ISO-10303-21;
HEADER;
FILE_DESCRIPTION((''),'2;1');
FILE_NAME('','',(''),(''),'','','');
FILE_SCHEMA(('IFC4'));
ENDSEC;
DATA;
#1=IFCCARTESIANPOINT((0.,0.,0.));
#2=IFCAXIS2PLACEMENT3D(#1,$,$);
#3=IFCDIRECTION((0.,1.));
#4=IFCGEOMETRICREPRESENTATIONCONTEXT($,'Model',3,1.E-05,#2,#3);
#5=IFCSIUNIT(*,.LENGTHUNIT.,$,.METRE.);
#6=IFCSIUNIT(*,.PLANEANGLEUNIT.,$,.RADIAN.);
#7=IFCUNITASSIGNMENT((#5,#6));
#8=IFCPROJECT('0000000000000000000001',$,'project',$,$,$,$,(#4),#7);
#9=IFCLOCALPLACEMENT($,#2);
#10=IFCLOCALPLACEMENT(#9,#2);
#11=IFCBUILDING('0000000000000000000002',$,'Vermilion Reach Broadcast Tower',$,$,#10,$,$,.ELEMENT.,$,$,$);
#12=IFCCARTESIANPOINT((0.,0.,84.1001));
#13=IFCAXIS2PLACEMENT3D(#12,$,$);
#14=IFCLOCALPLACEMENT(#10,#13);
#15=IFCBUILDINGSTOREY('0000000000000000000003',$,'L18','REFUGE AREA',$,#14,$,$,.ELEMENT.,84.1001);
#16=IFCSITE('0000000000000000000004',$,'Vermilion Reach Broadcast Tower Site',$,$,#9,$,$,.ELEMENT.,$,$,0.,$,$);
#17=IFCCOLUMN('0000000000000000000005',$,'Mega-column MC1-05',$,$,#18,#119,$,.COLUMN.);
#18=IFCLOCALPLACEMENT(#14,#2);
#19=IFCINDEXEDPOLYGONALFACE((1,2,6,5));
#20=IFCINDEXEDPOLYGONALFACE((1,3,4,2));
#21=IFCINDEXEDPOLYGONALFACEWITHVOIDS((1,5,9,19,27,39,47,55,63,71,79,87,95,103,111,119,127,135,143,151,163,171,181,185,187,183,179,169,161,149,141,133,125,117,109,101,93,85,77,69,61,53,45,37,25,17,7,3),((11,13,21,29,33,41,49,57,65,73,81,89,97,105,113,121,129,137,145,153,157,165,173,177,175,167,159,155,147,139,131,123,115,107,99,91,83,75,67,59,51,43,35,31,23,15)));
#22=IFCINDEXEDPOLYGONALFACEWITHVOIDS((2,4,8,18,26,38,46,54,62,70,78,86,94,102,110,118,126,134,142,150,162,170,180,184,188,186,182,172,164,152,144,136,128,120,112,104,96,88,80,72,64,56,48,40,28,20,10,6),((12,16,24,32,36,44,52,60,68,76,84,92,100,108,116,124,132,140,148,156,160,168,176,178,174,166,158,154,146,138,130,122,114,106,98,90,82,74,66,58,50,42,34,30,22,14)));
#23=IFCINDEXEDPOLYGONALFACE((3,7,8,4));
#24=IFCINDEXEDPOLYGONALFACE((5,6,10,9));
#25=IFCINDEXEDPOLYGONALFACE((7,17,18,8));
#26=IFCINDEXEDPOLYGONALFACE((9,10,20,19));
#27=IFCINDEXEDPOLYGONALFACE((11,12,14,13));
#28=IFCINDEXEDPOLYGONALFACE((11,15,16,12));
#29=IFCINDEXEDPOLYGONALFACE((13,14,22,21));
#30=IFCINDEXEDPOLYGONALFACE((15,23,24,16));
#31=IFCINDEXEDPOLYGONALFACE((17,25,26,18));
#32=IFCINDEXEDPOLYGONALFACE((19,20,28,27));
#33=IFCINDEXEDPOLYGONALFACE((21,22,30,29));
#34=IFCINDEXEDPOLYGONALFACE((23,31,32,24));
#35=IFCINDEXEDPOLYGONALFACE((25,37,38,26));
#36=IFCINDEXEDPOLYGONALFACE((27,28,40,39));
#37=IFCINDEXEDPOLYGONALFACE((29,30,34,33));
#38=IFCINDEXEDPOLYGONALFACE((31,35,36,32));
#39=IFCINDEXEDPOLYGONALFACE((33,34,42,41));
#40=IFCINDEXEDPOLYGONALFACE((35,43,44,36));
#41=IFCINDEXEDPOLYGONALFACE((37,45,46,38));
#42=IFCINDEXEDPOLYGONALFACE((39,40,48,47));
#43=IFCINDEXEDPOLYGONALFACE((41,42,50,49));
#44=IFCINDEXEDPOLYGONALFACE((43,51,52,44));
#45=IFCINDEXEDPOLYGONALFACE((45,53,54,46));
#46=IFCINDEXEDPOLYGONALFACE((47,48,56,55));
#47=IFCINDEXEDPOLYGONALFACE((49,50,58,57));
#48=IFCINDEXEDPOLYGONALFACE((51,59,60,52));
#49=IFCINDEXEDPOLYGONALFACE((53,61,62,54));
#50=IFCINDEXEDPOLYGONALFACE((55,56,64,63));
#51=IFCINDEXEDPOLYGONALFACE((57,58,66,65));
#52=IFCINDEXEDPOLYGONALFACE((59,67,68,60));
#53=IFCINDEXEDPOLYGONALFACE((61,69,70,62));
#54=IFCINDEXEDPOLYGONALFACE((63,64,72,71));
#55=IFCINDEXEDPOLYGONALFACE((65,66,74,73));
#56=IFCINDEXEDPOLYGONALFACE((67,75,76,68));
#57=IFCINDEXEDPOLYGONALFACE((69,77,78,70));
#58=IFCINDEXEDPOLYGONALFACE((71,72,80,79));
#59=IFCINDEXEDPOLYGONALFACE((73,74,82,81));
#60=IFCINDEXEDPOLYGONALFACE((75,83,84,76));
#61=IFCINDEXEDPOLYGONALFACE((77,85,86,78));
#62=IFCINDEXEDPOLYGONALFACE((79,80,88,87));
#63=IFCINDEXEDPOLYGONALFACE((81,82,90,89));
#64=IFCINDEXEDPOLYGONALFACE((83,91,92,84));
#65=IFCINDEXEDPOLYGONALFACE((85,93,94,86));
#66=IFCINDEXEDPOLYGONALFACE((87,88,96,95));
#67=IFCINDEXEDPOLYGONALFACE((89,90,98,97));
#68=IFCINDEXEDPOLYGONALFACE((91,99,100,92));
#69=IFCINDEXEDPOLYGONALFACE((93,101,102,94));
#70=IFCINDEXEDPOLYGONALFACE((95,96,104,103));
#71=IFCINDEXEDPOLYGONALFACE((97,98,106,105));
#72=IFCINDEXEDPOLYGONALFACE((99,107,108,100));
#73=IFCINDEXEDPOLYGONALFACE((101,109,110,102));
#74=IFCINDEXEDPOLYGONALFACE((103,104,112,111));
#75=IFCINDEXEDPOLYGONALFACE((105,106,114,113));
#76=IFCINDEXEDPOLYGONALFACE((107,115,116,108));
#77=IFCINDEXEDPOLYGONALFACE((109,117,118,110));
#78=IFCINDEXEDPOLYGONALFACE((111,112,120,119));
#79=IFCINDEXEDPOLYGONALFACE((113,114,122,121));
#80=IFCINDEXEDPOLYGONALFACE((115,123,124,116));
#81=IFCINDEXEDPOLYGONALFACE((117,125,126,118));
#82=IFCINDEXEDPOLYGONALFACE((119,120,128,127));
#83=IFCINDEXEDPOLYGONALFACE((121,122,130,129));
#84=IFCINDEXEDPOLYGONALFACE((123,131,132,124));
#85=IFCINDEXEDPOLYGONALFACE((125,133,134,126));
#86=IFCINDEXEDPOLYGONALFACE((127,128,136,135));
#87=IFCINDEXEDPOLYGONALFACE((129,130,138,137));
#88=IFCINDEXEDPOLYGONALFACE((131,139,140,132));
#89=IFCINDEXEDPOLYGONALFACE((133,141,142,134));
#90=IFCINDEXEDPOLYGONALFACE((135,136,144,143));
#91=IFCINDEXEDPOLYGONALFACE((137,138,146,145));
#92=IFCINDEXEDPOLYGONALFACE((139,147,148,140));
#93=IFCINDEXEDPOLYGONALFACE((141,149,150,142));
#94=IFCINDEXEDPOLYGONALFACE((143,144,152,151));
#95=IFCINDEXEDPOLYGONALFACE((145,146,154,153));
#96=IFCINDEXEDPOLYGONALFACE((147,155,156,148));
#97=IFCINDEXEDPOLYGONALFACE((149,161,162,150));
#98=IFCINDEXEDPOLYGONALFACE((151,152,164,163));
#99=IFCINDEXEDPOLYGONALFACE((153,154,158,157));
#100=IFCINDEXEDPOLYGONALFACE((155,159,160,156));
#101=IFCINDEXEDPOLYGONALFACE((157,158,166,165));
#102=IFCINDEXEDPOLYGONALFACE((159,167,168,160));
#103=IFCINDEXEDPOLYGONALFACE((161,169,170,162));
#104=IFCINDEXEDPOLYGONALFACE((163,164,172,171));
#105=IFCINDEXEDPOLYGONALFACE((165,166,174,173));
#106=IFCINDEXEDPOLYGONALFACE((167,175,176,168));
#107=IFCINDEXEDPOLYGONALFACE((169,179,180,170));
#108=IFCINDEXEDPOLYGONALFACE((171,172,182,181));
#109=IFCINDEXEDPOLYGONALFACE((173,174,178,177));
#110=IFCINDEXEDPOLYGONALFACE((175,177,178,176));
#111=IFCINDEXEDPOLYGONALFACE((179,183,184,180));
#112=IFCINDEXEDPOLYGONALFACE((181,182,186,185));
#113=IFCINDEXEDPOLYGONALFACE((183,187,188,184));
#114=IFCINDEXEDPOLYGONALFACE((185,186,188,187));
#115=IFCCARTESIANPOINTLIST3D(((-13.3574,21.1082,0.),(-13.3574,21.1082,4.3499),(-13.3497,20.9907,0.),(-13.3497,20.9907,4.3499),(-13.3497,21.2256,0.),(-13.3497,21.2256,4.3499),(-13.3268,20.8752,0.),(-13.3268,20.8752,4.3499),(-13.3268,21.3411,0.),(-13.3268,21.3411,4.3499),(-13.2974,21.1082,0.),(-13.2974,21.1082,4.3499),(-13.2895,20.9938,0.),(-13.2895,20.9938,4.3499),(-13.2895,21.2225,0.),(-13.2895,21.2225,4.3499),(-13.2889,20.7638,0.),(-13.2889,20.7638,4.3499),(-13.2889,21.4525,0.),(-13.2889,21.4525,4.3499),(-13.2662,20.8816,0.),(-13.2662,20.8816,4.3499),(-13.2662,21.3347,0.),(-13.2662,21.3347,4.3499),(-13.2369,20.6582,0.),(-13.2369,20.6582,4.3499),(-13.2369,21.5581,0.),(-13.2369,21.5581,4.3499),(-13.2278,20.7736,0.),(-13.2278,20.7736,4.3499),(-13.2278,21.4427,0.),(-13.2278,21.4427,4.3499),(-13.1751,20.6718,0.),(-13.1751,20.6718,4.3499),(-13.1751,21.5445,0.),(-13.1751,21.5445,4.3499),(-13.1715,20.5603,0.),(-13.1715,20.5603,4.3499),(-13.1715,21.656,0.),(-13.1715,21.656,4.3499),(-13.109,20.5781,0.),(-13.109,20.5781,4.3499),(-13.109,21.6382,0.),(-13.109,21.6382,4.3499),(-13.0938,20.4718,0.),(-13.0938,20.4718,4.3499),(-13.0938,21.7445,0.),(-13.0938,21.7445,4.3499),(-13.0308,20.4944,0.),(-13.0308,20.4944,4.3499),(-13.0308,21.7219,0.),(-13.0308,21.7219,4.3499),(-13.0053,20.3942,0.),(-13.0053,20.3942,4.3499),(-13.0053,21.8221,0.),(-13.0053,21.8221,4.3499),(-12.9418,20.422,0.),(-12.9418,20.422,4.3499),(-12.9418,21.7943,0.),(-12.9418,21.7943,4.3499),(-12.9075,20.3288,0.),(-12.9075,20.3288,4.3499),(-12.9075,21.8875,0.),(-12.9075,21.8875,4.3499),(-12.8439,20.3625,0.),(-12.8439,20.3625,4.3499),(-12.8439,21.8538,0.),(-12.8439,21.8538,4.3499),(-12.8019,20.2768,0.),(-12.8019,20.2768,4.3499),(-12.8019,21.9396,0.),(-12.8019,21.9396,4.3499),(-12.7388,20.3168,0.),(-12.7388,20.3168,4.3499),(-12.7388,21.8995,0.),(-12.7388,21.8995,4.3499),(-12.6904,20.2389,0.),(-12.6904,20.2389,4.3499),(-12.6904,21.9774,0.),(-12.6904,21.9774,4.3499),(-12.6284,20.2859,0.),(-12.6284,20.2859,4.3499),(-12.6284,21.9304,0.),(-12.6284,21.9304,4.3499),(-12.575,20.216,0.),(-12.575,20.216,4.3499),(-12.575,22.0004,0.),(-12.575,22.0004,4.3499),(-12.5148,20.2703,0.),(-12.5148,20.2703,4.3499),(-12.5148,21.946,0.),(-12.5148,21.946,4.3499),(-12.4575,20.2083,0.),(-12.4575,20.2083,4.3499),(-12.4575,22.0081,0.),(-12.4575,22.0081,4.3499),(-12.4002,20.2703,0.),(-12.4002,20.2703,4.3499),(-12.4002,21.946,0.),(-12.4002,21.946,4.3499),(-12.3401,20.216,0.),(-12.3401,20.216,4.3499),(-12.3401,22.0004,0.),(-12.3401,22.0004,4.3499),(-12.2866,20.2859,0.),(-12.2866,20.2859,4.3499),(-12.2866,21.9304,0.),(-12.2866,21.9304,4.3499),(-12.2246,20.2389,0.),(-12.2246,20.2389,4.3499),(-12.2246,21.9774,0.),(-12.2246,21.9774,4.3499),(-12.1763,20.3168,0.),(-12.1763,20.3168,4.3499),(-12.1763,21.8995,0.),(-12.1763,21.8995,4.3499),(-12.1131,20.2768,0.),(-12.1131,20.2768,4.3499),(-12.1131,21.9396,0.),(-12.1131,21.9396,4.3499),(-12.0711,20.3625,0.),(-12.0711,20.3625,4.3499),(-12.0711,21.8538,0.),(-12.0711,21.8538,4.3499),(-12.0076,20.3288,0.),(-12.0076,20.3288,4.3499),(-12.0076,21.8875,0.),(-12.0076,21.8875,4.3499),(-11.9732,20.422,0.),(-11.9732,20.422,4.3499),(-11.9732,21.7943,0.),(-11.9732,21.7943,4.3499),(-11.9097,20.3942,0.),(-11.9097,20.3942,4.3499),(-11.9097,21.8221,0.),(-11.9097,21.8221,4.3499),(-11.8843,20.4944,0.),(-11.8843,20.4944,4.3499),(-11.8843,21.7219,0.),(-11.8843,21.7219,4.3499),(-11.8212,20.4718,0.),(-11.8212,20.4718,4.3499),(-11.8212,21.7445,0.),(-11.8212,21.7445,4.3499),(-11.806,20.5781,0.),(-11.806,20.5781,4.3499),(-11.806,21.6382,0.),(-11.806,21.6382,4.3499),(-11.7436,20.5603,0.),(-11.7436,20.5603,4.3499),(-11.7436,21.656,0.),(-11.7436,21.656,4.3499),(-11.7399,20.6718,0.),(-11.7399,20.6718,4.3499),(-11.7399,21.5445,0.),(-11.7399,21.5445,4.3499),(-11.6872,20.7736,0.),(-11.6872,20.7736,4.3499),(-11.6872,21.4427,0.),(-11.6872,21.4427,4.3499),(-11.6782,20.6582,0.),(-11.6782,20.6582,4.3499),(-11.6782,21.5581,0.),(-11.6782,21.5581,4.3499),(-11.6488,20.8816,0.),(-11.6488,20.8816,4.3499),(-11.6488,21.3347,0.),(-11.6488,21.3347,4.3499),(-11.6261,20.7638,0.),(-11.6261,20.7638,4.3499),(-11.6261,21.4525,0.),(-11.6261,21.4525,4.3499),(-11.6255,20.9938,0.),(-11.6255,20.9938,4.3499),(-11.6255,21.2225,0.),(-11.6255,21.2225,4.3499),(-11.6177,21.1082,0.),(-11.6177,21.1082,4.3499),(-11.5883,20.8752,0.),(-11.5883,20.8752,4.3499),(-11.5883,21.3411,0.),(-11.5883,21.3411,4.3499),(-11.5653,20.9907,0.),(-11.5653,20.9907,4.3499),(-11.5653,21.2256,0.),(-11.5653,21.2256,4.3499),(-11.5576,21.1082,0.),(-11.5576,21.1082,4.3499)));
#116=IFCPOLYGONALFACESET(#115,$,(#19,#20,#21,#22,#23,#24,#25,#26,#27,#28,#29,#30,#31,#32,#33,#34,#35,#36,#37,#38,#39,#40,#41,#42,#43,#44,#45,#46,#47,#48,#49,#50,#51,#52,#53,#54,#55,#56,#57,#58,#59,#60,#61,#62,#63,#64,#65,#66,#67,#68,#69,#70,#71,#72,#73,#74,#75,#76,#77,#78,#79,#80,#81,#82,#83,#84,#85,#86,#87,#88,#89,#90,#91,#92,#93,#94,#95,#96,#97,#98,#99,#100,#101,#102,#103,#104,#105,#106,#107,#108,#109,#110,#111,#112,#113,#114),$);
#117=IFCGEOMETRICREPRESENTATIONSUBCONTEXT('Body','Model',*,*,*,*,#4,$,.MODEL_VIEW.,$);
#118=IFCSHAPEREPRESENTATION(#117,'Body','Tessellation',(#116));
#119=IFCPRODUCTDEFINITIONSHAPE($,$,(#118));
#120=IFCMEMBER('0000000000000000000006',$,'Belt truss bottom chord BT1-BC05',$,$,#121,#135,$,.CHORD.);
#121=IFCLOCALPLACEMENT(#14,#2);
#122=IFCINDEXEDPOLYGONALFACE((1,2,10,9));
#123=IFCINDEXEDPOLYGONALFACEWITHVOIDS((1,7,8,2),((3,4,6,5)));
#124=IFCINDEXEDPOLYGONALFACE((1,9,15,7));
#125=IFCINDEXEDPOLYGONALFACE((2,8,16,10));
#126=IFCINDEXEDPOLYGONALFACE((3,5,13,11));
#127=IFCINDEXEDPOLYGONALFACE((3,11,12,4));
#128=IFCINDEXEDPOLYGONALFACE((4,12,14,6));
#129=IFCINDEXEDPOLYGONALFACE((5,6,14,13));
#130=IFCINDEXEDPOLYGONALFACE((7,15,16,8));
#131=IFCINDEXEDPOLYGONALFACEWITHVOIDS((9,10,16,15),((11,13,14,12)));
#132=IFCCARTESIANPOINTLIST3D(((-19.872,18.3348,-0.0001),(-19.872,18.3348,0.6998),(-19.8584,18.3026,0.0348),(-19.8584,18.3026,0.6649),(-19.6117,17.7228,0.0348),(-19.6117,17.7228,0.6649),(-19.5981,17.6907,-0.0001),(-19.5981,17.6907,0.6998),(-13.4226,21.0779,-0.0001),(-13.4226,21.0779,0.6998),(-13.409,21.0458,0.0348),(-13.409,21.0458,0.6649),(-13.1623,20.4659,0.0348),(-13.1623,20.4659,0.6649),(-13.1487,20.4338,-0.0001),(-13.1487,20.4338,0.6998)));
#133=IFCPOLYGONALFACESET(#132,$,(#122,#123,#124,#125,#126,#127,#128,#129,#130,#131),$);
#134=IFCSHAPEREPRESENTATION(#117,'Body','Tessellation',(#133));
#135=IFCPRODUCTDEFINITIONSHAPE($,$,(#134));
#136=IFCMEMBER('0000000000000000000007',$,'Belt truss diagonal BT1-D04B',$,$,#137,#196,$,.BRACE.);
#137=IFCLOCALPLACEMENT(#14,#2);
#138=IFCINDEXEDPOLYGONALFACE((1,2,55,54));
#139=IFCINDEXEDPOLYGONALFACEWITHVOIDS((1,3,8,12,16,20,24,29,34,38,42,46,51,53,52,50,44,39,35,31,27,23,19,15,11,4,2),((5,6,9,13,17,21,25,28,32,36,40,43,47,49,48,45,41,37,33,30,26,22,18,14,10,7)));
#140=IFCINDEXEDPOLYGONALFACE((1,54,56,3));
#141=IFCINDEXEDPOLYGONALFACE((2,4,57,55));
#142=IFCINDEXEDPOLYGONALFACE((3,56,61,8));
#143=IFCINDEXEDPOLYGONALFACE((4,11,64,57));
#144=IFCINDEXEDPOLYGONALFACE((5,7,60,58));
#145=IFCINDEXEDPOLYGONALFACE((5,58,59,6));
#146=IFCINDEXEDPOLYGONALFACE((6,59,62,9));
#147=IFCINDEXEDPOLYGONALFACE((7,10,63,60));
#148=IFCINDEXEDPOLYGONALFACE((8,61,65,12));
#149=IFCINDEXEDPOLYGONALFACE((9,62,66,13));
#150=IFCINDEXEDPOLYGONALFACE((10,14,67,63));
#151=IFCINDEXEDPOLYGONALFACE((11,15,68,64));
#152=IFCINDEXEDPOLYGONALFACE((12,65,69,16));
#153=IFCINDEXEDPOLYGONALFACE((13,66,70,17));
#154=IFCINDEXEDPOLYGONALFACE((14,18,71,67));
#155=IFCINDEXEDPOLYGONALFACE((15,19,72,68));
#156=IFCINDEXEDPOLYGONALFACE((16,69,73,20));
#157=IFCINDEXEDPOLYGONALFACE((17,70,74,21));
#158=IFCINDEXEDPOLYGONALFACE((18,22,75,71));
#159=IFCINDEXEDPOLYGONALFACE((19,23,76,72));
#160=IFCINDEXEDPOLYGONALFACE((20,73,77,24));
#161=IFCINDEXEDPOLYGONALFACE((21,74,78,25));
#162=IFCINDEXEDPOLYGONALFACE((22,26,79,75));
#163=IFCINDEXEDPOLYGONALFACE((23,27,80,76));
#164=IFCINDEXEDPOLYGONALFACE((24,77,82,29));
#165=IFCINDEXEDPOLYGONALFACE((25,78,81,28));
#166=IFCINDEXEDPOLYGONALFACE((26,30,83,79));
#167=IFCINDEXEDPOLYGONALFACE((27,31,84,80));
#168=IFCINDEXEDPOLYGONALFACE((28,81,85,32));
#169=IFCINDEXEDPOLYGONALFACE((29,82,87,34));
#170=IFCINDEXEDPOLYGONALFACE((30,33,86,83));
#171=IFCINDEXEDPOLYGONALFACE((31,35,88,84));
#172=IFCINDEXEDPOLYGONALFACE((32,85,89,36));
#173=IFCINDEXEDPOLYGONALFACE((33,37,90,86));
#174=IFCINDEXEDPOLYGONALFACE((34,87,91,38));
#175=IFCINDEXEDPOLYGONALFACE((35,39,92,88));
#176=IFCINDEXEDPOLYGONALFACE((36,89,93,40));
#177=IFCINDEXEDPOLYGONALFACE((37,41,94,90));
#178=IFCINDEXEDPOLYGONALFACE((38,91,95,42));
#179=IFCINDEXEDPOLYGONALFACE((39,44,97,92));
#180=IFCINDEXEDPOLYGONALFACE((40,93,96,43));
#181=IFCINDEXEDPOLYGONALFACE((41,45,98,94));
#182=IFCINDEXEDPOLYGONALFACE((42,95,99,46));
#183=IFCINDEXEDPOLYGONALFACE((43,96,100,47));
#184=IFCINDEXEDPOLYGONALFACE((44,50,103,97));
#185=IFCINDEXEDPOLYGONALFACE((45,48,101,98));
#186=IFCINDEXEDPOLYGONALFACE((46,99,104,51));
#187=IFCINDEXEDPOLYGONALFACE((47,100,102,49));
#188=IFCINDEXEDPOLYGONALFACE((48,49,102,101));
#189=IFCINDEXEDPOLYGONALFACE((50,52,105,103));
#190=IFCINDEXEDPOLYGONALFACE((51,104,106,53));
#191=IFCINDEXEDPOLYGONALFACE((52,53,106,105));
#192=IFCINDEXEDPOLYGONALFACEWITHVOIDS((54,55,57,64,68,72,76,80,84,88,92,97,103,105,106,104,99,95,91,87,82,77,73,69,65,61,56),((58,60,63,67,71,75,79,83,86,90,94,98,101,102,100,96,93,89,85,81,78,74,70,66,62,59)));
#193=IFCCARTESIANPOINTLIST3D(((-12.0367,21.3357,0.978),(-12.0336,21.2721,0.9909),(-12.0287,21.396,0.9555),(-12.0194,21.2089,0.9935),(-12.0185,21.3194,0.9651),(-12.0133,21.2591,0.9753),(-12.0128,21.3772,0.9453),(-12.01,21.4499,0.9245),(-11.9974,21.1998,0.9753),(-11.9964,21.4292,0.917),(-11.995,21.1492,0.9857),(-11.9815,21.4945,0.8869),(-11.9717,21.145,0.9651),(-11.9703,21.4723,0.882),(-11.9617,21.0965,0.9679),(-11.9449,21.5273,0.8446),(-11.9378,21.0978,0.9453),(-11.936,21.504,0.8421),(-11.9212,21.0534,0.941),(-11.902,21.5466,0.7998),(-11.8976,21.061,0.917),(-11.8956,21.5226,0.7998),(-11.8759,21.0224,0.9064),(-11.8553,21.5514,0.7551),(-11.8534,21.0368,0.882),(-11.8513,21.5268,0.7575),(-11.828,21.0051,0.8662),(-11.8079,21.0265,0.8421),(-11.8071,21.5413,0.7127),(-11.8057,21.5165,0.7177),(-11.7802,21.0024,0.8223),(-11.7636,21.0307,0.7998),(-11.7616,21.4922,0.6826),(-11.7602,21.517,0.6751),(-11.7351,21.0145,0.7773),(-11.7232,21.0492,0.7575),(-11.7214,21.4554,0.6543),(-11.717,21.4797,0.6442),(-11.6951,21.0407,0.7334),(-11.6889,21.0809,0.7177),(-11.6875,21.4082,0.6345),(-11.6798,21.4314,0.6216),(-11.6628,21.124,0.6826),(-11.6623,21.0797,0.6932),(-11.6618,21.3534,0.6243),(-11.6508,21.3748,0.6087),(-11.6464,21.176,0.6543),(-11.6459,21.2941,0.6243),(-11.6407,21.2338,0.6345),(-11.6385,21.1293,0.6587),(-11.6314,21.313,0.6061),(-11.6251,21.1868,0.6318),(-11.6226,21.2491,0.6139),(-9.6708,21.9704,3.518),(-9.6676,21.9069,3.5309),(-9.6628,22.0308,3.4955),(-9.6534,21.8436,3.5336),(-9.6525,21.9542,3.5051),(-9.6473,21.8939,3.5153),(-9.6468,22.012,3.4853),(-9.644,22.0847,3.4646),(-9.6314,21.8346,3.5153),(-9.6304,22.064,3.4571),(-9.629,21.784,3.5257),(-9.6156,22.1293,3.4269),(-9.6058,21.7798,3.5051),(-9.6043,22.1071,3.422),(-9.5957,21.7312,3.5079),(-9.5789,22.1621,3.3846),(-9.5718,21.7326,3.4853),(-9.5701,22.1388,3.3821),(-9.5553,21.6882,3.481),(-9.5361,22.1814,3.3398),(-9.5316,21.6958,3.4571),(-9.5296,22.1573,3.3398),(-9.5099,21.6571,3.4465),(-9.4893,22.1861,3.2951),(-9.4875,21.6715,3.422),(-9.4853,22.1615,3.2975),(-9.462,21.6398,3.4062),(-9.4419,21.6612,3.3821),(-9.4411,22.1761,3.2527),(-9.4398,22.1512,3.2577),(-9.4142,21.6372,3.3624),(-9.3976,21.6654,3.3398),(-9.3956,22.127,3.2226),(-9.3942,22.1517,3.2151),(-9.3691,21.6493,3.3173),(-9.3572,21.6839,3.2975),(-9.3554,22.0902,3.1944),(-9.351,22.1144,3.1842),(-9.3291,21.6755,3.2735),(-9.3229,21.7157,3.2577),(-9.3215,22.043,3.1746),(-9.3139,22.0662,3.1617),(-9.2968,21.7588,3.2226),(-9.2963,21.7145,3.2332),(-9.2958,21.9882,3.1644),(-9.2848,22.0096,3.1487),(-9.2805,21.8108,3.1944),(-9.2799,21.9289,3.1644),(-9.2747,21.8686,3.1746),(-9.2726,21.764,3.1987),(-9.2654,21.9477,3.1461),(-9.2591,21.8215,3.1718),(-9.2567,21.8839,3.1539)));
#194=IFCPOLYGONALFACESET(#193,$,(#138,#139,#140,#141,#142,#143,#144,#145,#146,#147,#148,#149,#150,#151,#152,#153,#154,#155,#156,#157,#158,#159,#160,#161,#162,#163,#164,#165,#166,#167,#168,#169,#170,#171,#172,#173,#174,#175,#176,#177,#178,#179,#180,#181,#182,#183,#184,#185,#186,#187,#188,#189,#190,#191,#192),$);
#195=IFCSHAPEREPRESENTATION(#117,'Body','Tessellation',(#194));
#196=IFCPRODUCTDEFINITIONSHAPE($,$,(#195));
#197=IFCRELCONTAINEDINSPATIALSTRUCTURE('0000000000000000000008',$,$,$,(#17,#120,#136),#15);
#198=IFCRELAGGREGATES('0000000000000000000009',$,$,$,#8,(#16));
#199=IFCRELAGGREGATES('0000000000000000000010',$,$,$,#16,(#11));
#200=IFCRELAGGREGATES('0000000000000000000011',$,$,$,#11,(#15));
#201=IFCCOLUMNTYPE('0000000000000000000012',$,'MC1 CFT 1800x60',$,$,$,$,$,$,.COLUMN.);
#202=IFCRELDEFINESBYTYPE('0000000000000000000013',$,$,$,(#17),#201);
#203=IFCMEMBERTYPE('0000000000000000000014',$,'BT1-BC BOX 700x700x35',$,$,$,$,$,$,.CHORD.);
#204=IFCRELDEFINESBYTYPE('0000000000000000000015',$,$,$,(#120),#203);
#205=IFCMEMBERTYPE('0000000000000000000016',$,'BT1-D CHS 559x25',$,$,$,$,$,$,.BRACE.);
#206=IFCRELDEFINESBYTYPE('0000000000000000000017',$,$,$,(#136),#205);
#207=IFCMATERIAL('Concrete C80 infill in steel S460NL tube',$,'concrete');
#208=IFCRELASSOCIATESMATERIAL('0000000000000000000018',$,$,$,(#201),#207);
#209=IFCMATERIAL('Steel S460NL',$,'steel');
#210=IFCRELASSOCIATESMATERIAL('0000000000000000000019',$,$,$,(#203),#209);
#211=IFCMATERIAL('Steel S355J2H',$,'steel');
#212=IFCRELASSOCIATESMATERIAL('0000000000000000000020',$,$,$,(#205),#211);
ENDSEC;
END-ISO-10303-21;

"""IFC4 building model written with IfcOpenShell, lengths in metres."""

from ifc_helpers import new_model, si_unit, direction, frame, origin, origin_2d, place, context, subcontext, project, spatial, hollow_rectangle, hollow_circle, extrude, material, material_profile, profile_set, type_object, element, save


model = new_model("IFC4")

# Units and contexts
model_context = context("Model", 3, precision=1e-05, world=origin(), true_north=direction((0.0, 1.0)))
body_context = subcontext(model_context, "Body", "Model", "MODEL_VIEW")
ifc_project = project(units=[si_unit("LENGTHUNIT", "METRE"), si_unit("PLANEANGLEUNIT", "RADIAN")], contexts=[model_context])

# Site, building, storey
site_placement = place(None, origin())
site = spatial("IfcSite", under=ifc_project, at=site_placement, Name="Vermilion Reach Broadcast Tower Site", CompositionType="ELEMENT", RefElevation=0.0)
building_placement = place(site_placement, origin())
building = spatial("IfcBuilding", under=site, at=building_placement, Name="Vermilion Reach Broadcast Tower", CompositionType="ELEMENT")
storey_placement = place(building_placement, frame((0.0, 0.0, 84.1001)))
storey = spatial("IfcBuildingStorey", under=building, at=storey_placement, Name="L18", Description="REFUGE AREA", CompositionType="ELEMENT", Elevation=84.1001)

# Column
ifc_material_1 = material(Name="Concrete C80 infill in steel S460NL tube", Category="concrete")
ifc_material_profile_1 = material_profile(ifc_material_1, hollow_circle(Radius=0.8999, WallThickness=0.0601, at=origin_2d()), Name="Concrete C80 infill in steel S460NL tube CFT 1800x60")
ifc_profile_set_1 = profile_set([ifc_material_profile_1], Name="Concrete C80 infill in steel S460NL tube")
column_type = type_object("IfcColumnType", Name="MC1 CFT 1800x60", PredefinedType="COLUMN", material=ifc_profile_set_1)
column_placement = place(storey_placement, frame((-12.4575, 21.1082, 0.0), z_axis=(0.0, 0.0, 1.0), x_axis=(1.0, 0.0, 0.0)))
element("IfcColumn", 1, at=column_placement, inside=storey, type_object=column_type, Name="Mega-column MC1-05", PredefinedType="COLUMN", context=body_context, shape_type="SweptSolid", body=[
    extrude(hollow_circle(Radius=0.8999, WallThickness=0.0601, at=origin_2d()), origin(), (0.0, 0.0, 1.0), 4.3499),
])

# Members
ifc_material_2 = material(Name="Steel S460NL", Category="steel")
ifc_material_profile_2 = material_profile(ifc_material_2, hollow_rectangle(XDim=0.7, YDim=0.7, WallThickness=0.0349, at=origin_2d()), Name="S460NL BOX 700x700x35")
ifc_profile_set_2 = profile_set([ifc_material_profile_2], Name="Steel S460NL")
member_type_1 = type_object("IfcMemberType", Name="BT1-BC BOX 700x700x35", PredefinedType="CHORD", material=ifc_profile_set_2)
member_1_placement = place(storey_placement, frame((-13.2856, 20.7559, 0.3499), z_axis=(-0.920221, -0.3914, 0.0), x_axis=(0.3914, -0.920221, 0.0)))
element("IfcMember", 2, at=member_1_placement, inside=storey, type_object=member_type_1, Name="Belt truss bottom chord BT1-BC05", PredefinedType="CHORD", context=body_context, shape_type="SweptSolid", body=[
    extrude(hollow_rectangle(XDim=0.7, YDim=0.7, WallThickness=0.0349, at=origin_2d()), origin(), (0.0, 0.0, 1.0), 7.0085),
])
ifc_material_3 = material(Name="Steel S355J2H", Category="steel")
ifc_material_profile_3 = material_profile(ifc_material_3, hollow_circle(Radius=0.2795, WallThickness=0.0249, at=origin_2d()), Name="S355J2H CHS 559x25")
ifc_profile_set_3 = profile_set([ifc_material_profile_3], Name="Steel S355J2H")
member_type_2 = type_object("IfcMemberType", Name="BT1-D CHS 559x25", PredefinedType="BRACE", material=ifc_profile_set_3)
member_2_placement = place(storey_placement, frame((-11.8296, 21.2766, 0.7998), z_axis=(0.670471, 0.179881, 0.7198), x_axis=(-0.259126, 0.965843, 0.0)))
element("IfcMember", 3, at=member_2_placement, inside=storey, type_object=member_type_2, Name="Belt truss diagonal BT1-D04B", PredefinedType="BRACE", context=body_context, shape_type="SweptSolid", body=[
    extrude(hollow_circle(Radius=0.2795, WallThickness=0.0249, at=origin_2d()), origin(), (0.0, 0.0, 1.0), 3.5288),
])

save(model, "model.ifc")
